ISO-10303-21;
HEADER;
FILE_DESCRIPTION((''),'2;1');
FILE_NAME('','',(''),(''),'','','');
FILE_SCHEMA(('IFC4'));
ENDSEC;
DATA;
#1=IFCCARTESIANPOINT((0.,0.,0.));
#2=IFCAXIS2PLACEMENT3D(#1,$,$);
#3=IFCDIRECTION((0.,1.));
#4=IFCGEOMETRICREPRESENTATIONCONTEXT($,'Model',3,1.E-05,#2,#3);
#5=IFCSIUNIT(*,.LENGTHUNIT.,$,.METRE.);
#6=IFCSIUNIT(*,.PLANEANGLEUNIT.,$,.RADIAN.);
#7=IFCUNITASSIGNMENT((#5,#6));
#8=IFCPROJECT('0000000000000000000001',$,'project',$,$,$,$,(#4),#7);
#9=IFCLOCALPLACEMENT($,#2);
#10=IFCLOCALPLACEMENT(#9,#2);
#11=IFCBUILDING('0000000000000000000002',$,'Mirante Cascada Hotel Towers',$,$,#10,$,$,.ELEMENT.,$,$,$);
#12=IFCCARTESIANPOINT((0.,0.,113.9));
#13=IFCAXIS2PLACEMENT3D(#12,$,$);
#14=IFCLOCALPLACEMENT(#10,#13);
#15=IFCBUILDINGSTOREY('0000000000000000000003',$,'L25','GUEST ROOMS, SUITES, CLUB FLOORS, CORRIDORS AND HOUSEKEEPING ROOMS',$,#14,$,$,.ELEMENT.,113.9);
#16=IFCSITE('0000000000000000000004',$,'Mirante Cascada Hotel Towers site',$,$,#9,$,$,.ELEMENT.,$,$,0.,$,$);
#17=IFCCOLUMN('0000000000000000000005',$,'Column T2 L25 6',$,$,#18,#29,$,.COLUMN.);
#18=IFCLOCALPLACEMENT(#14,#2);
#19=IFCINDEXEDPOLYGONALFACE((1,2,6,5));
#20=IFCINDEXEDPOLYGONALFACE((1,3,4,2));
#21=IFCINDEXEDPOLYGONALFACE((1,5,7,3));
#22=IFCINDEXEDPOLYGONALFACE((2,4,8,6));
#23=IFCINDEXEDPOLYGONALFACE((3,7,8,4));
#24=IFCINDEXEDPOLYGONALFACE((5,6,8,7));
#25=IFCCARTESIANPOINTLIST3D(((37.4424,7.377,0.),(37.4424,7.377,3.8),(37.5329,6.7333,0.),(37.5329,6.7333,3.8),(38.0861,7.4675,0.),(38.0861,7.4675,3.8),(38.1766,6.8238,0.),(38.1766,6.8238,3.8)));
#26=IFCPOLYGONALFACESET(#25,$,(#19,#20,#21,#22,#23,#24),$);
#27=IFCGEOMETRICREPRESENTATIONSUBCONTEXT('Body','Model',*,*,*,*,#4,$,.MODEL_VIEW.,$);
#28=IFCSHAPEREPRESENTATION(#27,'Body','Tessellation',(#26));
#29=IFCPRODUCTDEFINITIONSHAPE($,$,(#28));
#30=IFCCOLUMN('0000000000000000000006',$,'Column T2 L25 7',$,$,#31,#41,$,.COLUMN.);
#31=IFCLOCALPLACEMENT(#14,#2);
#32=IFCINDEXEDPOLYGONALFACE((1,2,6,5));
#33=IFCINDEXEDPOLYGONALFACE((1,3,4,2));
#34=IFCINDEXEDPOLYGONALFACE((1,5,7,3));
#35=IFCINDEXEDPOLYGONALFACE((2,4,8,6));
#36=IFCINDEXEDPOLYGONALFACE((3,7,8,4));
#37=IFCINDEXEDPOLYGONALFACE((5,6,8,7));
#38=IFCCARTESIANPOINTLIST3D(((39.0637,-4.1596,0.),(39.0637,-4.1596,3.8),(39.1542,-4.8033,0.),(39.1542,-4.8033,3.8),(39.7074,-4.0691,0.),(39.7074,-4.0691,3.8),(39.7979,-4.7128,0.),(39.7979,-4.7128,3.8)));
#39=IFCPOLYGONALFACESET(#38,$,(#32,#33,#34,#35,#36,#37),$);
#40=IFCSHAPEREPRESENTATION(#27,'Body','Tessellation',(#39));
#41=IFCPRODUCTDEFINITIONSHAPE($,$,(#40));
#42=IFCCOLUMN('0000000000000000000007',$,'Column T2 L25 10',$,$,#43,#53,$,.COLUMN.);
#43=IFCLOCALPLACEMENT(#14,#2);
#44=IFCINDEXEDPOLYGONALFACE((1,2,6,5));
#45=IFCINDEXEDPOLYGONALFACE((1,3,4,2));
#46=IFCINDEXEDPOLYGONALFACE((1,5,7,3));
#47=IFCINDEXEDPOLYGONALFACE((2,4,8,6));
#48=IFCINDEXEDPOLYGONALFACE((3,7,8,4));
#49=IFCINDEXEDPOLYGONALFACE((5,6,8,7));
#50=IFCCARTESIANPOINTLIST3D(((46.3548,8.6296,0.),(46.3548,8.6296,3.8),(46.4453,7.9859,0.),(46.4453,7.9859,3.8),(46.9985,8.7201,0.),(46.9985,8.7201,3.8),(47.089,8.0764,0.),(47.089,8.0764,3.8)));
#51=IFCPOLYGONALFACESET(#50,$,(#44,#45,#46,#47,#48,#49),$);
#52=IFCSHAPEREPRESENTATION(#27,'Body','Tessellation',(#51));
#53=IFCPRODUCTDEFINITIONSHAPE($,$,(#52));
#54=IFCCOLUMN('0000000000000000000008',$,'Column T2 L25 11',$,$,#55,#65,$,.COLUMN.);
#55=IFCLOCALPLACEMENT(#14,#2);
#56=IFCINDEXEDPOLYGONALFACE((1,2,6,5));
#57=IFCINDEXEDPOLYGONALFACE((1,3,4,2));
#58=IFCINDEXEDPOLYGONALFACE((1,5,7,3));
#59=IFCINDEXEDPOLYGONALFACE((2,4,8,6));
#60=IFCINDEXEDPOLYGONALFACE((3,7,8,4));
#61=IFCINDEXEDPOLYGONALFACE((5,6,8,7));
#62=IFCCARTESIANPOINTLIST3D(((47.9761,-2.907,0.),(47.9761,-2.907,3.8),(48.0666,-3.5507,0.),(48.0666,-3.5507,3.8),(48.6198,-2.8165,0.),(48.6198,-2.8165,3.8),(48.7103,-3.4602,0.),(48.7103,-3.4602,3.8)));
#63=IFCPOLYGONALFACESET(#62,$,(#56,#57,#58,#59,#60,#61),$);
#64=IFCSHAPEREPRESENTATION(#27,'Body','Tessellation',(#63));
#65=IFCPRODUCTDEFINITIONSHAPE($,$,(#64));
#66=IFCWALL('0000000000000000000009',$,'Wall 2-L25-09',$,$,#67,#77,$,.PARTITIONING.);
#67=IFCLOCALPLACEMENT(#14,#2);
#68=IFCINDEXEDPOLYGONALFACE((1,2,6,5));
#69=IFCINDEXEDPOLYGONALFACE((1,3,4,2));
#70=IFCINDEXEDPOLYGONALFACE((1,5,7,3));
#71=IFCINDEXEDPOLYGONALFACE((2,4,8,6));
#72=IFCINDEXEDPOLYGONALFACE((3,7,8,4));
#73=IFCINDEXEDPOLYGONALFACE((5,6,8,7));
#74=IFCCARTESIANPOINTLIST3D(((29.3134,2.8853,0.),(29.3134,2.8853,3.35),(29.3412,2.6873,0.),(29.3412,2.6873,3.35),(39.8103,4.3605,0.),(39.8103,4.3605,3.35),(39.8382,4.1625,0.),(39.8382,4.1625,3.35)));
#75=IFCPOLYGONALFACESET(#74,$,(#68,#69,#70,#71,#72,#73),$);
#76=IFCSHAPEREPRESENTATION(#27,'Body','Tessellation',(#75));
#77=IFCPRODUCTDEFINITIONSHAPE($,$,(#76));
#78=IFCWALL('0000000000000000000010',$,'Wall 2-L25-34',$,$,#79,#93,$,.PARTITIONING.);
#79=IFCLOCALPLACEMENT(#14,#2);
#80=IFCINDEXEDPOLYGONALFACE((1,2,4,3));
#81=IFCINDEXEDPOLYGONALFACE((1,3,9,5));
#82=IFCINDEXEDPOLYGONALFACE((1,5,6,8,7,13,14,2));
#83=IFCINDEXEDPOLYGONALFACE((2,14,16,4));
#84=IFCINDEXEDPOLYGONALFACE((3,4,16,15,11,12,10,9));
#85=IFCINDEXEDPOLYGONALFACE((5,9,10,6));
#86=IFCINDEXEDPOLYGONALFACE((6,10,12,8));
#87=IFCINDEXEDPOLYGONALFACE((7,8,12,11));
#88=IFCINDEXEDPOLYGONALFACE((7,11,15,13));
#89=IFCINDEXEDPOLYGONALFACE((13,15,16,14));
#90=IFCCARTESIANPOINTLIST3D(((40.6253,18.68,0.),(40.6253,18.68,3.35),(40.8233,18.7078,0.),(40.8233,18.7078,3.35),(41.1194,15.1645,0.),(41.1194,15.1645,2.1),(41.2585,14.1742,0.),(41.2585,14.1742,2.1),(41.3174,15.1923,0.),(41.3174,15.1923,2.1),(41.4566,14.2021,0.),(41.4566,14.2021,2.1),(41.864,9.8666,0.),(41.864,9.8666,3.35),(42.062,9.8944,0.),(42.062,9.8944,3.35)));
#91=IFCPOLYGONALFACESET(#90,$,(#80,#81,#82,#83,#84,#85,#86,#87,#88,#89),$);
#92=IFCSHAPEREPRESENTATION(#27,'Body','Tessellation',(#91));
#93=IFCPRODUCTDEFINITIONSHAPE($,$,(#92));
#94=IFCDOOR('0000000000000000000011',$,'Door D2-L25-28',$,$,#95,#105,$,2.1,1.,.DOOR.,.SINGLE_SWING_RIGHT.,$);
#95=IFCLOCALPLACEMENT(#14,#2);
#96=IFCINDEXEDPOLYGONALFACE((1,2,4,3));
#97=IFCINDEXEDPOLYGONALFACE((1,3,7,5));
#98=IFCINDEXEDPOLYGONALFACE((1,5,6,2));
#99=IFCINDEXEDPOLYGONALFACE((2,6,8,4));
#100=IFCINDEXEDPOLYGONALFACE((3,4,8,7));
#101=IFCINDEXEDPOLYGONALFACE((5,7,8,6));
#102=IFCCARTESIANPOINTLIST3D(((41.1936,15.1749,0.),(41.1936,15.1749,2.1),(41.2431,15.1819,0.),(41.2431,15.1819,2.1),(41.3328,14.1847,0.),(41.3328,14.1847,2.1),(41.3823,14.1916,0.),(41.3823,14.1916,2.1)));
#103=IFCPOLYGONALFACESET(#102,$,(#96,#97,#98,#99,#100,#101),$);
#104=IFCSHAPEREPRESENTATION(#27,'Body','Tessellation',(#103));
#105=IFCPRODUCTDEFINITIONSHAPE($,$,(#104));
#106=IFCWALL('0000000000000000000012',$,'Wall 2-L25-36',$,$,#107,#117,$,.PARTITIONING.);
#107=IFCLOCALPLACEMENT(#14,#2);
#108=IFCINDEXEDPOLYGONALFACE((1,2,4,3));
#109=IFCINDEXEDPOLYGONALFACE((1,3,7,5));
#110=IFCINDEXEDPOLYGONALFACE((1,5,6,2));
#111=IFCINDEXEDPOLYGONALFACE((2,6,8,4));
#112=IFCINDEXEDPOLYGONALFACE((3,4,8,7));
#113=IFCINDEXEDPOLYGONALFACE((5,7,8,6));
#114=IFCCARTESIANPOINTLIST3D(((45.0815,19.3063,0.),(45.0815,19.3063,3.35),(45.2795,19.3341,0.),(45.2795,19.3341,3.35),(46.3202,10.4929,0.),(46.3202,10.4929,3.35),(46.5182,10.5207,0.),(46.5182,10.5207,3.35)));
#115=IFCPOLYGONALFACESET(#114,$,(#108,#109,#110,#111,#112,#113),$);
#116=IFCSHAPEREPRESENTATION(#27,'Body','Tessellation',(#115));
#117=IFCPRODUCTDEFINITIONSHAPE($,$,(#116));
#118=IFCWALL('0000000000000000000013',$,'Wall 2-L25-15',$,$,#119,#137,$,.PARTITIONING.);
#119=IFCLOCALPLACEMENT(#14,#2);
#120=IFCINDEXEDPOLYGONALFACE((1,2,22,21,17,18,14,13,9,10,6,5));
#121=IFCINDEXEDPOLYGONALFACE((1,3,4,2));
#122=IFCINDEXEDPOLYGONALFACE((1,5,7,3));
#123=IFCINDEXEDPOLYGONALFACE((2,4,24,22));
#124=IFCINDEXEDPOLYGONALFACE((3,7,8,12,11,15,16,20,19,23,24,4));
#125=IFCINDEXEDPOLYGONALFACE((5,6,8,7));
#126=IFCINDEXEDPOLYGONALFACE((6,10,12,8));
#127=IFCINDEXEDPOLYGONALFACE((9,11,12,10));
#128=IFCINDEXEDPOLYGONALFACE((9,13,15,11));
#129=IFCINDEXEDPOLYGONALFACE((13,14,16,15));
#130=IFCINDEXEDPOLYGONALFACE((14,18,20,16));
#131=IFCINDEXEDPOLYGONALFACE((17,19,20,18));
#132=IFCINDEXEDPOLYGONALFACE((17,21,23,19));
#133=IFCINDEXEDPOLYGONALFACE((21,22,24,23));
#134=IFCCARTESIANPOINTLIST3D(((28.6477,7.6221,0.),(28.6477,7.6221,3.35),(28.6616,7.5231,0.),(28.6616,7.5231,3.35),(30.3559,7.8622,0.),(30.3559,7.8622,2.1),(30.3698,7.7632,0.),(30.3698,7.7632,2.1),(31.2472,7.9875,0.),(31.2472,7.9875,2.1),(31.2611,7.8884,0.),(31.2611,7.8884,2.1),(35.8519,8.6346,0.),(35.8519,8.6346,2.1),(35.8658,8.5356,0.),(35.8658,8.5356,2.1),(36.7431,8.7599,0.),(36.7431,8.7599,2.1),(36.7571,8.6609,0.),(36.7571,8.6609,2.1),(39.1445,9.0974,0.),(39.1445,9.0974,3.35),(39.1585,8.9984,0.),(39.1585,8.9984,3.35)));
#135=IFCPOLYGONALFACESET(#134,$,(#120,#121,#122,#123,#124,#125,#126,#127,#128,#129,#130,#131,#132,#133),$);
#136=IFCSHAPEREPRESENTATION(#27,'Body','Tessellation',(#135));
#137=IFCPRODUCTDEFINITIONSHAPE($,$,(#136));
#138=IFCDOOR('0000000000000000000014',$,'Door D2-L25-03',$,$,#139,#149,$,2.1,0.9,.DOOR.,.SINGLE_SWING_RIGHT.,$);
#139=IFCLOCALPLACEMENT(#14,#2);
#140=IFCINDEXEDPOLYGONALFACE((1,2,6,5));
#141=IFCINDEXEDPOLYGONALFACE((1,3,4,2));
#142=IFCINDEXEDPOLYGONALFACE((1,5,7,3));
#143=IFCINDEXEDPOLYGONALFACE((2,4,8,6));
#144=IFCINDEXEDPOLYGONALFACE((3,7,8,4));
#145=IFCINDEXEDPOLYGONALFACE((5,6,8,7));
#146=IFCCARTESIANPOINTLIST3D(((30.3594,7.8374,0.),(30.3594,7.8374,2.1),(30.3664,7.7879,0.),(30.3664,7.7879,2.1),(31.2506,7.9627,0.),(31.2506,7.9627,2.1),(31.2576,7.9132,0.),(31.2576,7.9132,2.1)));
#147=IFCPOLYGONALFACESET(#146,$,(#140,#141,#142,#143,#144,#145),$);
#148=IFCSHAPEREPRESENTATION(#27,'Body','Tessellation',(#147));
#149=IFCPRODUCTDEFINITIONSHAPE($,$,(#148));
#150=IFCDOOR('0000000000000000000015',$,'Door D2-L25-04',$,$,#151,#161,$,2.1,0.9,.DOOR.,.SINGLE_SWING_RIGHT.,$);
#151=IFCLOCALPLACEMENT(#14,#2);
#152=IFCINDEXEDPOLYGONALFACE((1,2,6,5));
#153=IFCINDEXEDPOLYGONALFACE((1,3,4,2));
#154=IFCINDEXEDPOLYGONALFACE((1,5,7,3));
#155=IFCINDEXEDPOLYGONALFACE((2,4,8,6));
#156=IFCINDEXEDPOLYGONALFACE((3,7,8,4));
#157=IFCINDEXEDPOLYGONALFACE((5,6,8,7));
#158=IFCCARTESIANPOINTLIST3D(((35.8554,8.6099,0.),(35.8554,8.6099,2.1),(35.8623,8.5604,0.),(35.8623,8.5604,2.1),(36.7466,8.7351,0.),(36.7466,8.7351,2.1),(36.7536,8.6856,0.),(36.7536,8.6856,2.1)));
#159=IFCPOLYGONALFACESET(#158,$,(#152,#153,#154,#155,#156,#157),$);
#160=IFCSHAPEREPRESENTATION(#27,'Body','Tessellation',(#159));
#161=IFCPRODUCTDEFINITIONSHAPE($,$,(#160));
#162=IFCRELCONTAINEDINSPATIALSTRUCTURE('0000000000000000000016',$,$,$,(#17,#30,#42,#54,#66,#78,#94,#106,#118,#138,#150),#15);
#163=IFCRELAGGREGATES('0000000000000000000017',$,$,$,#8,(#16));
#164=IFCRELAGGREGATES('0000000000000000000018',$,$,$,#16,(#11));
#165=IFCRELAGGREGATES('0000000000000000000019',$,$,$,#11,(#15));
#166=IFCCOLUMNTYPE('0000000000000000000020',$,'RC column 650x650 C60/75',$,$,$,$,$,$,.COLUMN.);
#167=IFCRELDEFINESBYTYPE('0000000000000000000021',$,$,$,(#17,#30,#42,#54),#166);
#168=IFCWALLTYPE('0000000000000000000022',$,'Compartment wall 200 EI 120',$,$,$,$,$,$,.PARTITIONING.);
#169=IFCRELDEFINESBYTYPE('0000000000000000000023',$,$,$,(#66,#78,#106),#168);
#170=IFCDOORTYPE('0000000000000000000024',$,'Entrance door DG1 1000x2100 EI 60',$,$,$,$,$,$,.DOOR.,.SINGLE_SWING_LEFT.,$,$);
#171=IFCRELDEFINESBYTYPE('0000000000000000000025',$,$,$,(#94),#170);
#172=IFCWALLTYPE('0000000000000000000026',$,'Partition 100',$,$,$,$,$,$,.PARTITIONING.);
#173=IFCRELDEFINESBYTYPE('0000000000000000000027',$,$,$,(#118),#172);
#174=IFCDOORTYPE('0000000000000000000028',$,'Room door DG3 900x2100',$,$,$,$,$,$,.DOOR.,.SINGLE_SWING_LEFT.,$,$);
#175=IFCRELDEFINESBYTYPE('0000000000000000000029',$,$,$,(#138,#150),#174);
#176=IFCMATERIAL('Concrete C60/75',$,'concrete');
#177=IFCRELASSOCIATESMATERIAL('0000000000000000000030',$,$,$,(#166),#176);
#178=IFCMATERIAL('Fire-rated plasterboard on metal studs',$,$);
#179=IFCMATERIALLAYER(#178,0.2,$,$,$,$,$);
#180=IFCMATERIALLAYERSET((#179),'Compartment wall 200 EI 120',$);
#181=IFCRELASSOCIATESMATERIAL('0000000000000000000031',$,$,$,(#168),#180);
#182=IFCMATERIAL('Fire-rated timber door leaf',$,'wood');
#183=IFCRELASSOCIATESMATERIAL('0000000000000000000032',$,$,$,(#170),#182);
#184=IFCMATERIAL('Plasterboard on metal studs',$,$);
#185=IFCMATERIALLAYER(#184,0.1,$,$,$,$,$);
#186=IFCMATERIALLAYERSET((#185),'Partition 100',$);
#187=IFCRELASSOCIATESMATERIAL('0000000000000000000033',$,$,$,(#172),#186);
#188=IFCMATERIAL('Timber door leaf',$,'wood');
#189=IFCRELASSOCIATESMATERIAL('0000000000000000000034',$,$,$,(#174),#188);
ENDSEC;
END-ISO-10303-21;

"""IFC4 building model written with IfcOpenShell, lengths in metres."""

from ifc_helpers import new_model, si_unit, direction, frame, frame_2d, origin, origin_2d, place, context, subcontext, project, spatial, rectangle, extrude, material, layer, layer_set, material_profile, profile_set, type_object, element, fill, save


model = new_model("IFC4")

# Units and contexts
model_context = context("Model", 3, precision=1e-05, world=origin(), true_north=direction((0.0, 1.0)))
body_context = subcontext(model_context, "Body", "Model", "MODEL_VIEW")
ifc_project = project(units=[si_unit("LENGTHUNIT", "METRE"), si_unit("PLANEANGLEUNIT", "RADIAN")], contexts=[model_context])

# Site, building, storey
site_placement = place(None, origin())
site = spatial("IfcSite", under=ifc_project, at=site_placement, Name="Mirante Cascada Hotel Towers site", CompositionType="ELEMENT", RefElevation=0.0)
building_placement = place(site_placement, origin())
building = spatial("IfcBuilding", under=site, at=building_placement, Name="Mirante Cascada Hotel Towers", CompositionType="ELEMENT")
storey_placement = place(building_placement, frame((0.0, 0.0, 113.9)))
storey = spatial("IfcBuildingStorey", under=building, at=storey_placement, Name="L25", Description="GUEST ROOMS, SUITES, CLUB FLOORS, CORRIDORS AND HOUSEKEEPING ROOMS", CompositionType="ELEMENT", Elevation=113.9)

# Columns
ifc_material_1 = material(Name="Concrete C60/75", Category="concrete")
ifc_material_profile = material_profile(ifc_material_1, rectangle(XDim=0.65, YDim=0.65, at=origin_2d()), Name="RC column 650x650 C60/75")
ifc_profile_set = profile_set([ifc_material_profile], Name="Concrete C60/75")
column_type = type_object("IfcColumnType", Name="RC column 650x650 C60/75", PredefinedType="COLUMN", material=ifc_profile_set)
for number, where, z_axis, x_axis, name in (
    (1, (37.8095, 7.1004, 0.0), (0.0, 0.0, 1.0), (0.990268, 0.139173, 0.0), "Column T2 L25 6"),
    (2, (39.4308, -4.4362, 0.0), (0.0, 0.0, 1.0), (0.990268, 0.139173, 0.0), "Column T2 L25 7"),
    (3, (46.7219, 8.353, 0.0), (0.0, 0.0, 1.0), (0.990268, 0.139173, 0.0), "Column T2 L25 10"),
    (4, (48.3432, -3.1836, 0.0), (0.0, 0.0, 1.0), (0.990268, 0.139173, 0.0), "Column T2 L25 11"),
):
    element("IfcColumn", number, at=place(storey_placement, frame(where, z_axis=z_axis, x_axis=x_axis)), inside=storey, type_object=column_type, Name=name, PredefinedType="COLUMN", context=body_context, shape_type="SweptSolid", body=[
        extrude(rectangle(XDim=0.65, YDim=0.65, at=origin_2d()), origin(), (0.0, 0.0, 1.0), 3.8),
    ])

# Wall
ifc_material_2 = material(Name="Fire-rated plasterboard on metal studs")
ifc_layer_1 = layer(ifc_material_2, 0.2)
ifc_layer_set_1 = layer_set([ifc_layer_1], Name="Compartment wall 200 EI 120")
wall_type_1 = type_object("IfcWallType", Name="Compartment wall 200 EI 120", PredefinedType="PARTITIONING", material=ifc_layer_set_1)
wall_1_placement = place(storey_placement, frame((39.8242, 4.2615, 0.0), z_axis=(0.0, 0.0, 1.0), x_axis=(-0.990269, -0.139169, 0.0)))
element("IfcWall", 5, at=wall_1_placement, inside=storey, type_object=wall_type_1, Name="Wall 2-L25-09", PredefinedType="PARTITIONING", context=body_context, shape_type="SweptSolid", body=[
    extrude(rectangle(XDim=10.6001, YDim=0.2, at=frame_2d((5.3, 0.0))), origin(), (0.0, 0.0, 1.0), 3.35),
])

# Wall, opening, door
wall_2_placement = place(storey_placement, frame((41.963, 9.8805, 0.0), z_axis=(0.0, 0.0, 1.0), x_axis=(-0.139179, 0.990267, 0.0)))
wall_2 = element("IfcWall", 6, at=wall_2_placement, inside=storey, type_object=wall_type_1, Name="Wall 2-L25-34", PredefinedType="PARTITIONING", context=body_context, shape_type="SweptSolid", body=[
    extrude(rectangle(XDim=8.9, YDim=0.2, at=frame_2d((4.45, 0.0))), origin(), (0.0, 0.0, 1.0), 3.35),
])
opening_1_placement = place(wall_2_placement, frame((4.35, 0.0, 0.0)))
opening_1 = element("IfcOpeningElement", 7, at=opening_1_placement, cuts=wall_2, PredefinedType="OPENING", context=body_context, shape_type="SweptSolid", body=[
    extrude(rectangle(XDim=1.0, YDim=2.1, at=frame_2d((0.5, 1.05))), frame((0.0, 0.1, 0.0), z_axis=(0.0, -1.0, 0.0), x_axis=(1.0, 0.0, 0.0)), (0.0, 0.0, 1.0), 0.2),
])
ifc_material_3 = material(Name="Fire-rated timber door leaf", Category="wood")
door_type_1 = type_object("IfcDoorType", Name="Entrance door DG1 1000x2100 EI 60", OperationType="SINGLE_SWING_LEFT", PredefinedType="DOOR", material=ifc_material_3)
door_1_placement = place(opening_1_placement, frame((1.0, 0.0, 0.0), z_axis=(0.0, 0.0, 1.0), x_axis=(-1.0, 0.0, 0.0)))
door_1 = element("IfcDoor", 8, at=door_1_placement, inside=storey, type_object=door_type_1, Name="Door D2-L25-28", OperationType="SINGLE_SWING_RIGHT", OverallHeight=2.1, OverallWidth=1.0, PredefinedType="DOOR", context=body_context, shape_type="SweptSolid", body=[
    extrude(rectangle(XDim=1.0, YDim=2.1, at=frame_2d((0.5, 1.05))), frame((0.0, 0.025, 0.0), z_axis=(0.0, -1.0, 0.0), x_axis=(1.0, 0.0, 0.0)), (0.0, 0.0, 1.0), 0.05),
])
fill(opening_1, door_1)

# Wall
wall_3_placement = place(storey_placement, frame((46.4192, 10.5068, 0.0), z_axis=(0.0, 0.0, 1.0), x_axis=(-0.139179, 0.990267, 0.0)))
element("IfcWall", 9, at=wall_3_placement, inside=storey, type_object=wall_type_1, Name="Wall 2-L25-36", PredefinedType="PARTITIONING", context=body_context, shape_type="SweptSolid", body=[
    extrude(rectangle(XDim=8.9, YDim=0.2, at=frame_2d((4.45, 0.0))), origin(), (0.0, 0.0, 1.0), 3.35),
])

# Wall, openings, doors
ifc_material_4 = material(Name="Plasterboard on metal studs")
ifc_layer_2 = layer(ifc_material_4, 0.1)
ifc_layer_set_2 = layer_set([ifc_layer_2], Name="Partition 100")
wall_type_2 = type_object("IfcWallType", Name="Partition 100", PredefinedType="PARTITIONING", material=ifc_layer_set_2)
wall_4_placement = place(storey_placement, frame((39.1515, 9.0479, 0.0), z_axis=(0.0, 0.0, 1.0), x_axis=(-0.990267, -0.13918, 0.0)))
wall_4 = element("IfcWall", 10, at=wall_4_placement, inside=storey, type_object=wall_type_2, Name="Wall 2-L25-15", PredefinedType="PARTITIONING", context=body_context, shape_type="SweptSolid", body=[
    extrude(rectangle(XDim=10.6, YDim=0.1, at=frame_2d((5.3, 0.0))), origin(), (0.0, 0.0, 1.0), 3.35),
])
opening_2_placement = place(wall_4_placement, frame((7.975, 0.0, 0.0)))
opening_2 = element("IfcOpeningElement", 11, at=opening_2_placement, cuts=wall_4, PredefinedType="OPENING", context=body_context, shape_type="SweptSolid", body=[
    extrude(rectangle(XDim=0.9, YDim=2.1, at=frame_2d((0.45, 1.05))), frame((0.0, 0.05, 0.0), z_axis=(0.0, -1.0, 0.0), x_axis=(1.0, 0.0, 0.0)), (0.0, 0.0, 1.0), 0.1),
])
opening_3_placement = place(wall_4_placement, frame((2.425, 0.0, 0.0)))
opening_3 = element("IfcOpeningElement", 12, at=opening_3_placement, cuts=wall_4, PredefinedType="OPENING", context=body_context, shape_type="SweptSolid", body=[
    extrude(rectangle(XDim=0.9, YDim=2.1, at=frame_2d((0.45, 1.05))), frame((0.0, 0.05, 0.0), z_axis=(0.0, -1.0, 0.0), x_axis=(1.0, 0.0, 0.0)), (0.0, 0.0, 1.0), 0.1),
])
ifc_material_5 = material(Name="Timber door leaf", Category="wood")
door_type_2 = type_object("IfcDoorType", Name="Room door DG3 900x2100", OperationType="SINGLE_SWING_LEFT", PredefinedType="DOOR", material=ifc_material_5)
door_2_placement = place(opening_2_placement, frame((0.9, 0.0, 0.0), z_axis=(0.0, 0.0, 1.0), x_axis=(-1.0, 0.0, 0.0)))
door_2 = element("IfcDoor", 13, at=door_2_placement, inside=storey, type_object=door_type_2, Name="Door D2-L25-03", OperationType="SINGLE_SWING_RIGHT", OverallHeight=2.1, OverallWidth=0.9, PredefinedType="DOOR", context=body_context, shape_type="SweptSolid", body=[
    extrude(rectangle(XDim=0.9, YDim=2.1, at=frame_2d((0.45, 1.05))), frame((0.0, 0.025, 0.0), z_axis=(0.0, -1.0, 0.0), x_axis=(1.0, 0.0, 0.0)), (0.0, 0.0, 1.0), 0.05),
])
fill(opening_2, door_2)
door_3_placement = place(opening_3_placement, frame((0.9, 0.0, 0.0), z_axis=(0.0, 0.0, 1.0), x_axis=(-1.0, 0.0, 0.0)))
door_3 = element("IfcDoor", 14, at=door_3_placement, inside=storey, type_object=door_type_2, Name="Door D2-L25-04", OperationType="SINGLE_SWING_RIGHT", OverallHeight=2.1, OverallWidth=0.9, PredefinedType="DOOR", context=body_context, shape_type="SweptSolid", body=[
    extrude(rectangle(XDim=0.9, YDim=2.1, at=frame_2d((0.45, 1.05))), frame((0.0, 0.025, 0.0), z_axis=(0.0, -1.0, 0.0), x_axis=(1.0, 0.0, 0.0)), (0.0, 0.0, 1.0), 0.05),
])
fill(opening_3, door_3)

save(model, "model.ifc")
